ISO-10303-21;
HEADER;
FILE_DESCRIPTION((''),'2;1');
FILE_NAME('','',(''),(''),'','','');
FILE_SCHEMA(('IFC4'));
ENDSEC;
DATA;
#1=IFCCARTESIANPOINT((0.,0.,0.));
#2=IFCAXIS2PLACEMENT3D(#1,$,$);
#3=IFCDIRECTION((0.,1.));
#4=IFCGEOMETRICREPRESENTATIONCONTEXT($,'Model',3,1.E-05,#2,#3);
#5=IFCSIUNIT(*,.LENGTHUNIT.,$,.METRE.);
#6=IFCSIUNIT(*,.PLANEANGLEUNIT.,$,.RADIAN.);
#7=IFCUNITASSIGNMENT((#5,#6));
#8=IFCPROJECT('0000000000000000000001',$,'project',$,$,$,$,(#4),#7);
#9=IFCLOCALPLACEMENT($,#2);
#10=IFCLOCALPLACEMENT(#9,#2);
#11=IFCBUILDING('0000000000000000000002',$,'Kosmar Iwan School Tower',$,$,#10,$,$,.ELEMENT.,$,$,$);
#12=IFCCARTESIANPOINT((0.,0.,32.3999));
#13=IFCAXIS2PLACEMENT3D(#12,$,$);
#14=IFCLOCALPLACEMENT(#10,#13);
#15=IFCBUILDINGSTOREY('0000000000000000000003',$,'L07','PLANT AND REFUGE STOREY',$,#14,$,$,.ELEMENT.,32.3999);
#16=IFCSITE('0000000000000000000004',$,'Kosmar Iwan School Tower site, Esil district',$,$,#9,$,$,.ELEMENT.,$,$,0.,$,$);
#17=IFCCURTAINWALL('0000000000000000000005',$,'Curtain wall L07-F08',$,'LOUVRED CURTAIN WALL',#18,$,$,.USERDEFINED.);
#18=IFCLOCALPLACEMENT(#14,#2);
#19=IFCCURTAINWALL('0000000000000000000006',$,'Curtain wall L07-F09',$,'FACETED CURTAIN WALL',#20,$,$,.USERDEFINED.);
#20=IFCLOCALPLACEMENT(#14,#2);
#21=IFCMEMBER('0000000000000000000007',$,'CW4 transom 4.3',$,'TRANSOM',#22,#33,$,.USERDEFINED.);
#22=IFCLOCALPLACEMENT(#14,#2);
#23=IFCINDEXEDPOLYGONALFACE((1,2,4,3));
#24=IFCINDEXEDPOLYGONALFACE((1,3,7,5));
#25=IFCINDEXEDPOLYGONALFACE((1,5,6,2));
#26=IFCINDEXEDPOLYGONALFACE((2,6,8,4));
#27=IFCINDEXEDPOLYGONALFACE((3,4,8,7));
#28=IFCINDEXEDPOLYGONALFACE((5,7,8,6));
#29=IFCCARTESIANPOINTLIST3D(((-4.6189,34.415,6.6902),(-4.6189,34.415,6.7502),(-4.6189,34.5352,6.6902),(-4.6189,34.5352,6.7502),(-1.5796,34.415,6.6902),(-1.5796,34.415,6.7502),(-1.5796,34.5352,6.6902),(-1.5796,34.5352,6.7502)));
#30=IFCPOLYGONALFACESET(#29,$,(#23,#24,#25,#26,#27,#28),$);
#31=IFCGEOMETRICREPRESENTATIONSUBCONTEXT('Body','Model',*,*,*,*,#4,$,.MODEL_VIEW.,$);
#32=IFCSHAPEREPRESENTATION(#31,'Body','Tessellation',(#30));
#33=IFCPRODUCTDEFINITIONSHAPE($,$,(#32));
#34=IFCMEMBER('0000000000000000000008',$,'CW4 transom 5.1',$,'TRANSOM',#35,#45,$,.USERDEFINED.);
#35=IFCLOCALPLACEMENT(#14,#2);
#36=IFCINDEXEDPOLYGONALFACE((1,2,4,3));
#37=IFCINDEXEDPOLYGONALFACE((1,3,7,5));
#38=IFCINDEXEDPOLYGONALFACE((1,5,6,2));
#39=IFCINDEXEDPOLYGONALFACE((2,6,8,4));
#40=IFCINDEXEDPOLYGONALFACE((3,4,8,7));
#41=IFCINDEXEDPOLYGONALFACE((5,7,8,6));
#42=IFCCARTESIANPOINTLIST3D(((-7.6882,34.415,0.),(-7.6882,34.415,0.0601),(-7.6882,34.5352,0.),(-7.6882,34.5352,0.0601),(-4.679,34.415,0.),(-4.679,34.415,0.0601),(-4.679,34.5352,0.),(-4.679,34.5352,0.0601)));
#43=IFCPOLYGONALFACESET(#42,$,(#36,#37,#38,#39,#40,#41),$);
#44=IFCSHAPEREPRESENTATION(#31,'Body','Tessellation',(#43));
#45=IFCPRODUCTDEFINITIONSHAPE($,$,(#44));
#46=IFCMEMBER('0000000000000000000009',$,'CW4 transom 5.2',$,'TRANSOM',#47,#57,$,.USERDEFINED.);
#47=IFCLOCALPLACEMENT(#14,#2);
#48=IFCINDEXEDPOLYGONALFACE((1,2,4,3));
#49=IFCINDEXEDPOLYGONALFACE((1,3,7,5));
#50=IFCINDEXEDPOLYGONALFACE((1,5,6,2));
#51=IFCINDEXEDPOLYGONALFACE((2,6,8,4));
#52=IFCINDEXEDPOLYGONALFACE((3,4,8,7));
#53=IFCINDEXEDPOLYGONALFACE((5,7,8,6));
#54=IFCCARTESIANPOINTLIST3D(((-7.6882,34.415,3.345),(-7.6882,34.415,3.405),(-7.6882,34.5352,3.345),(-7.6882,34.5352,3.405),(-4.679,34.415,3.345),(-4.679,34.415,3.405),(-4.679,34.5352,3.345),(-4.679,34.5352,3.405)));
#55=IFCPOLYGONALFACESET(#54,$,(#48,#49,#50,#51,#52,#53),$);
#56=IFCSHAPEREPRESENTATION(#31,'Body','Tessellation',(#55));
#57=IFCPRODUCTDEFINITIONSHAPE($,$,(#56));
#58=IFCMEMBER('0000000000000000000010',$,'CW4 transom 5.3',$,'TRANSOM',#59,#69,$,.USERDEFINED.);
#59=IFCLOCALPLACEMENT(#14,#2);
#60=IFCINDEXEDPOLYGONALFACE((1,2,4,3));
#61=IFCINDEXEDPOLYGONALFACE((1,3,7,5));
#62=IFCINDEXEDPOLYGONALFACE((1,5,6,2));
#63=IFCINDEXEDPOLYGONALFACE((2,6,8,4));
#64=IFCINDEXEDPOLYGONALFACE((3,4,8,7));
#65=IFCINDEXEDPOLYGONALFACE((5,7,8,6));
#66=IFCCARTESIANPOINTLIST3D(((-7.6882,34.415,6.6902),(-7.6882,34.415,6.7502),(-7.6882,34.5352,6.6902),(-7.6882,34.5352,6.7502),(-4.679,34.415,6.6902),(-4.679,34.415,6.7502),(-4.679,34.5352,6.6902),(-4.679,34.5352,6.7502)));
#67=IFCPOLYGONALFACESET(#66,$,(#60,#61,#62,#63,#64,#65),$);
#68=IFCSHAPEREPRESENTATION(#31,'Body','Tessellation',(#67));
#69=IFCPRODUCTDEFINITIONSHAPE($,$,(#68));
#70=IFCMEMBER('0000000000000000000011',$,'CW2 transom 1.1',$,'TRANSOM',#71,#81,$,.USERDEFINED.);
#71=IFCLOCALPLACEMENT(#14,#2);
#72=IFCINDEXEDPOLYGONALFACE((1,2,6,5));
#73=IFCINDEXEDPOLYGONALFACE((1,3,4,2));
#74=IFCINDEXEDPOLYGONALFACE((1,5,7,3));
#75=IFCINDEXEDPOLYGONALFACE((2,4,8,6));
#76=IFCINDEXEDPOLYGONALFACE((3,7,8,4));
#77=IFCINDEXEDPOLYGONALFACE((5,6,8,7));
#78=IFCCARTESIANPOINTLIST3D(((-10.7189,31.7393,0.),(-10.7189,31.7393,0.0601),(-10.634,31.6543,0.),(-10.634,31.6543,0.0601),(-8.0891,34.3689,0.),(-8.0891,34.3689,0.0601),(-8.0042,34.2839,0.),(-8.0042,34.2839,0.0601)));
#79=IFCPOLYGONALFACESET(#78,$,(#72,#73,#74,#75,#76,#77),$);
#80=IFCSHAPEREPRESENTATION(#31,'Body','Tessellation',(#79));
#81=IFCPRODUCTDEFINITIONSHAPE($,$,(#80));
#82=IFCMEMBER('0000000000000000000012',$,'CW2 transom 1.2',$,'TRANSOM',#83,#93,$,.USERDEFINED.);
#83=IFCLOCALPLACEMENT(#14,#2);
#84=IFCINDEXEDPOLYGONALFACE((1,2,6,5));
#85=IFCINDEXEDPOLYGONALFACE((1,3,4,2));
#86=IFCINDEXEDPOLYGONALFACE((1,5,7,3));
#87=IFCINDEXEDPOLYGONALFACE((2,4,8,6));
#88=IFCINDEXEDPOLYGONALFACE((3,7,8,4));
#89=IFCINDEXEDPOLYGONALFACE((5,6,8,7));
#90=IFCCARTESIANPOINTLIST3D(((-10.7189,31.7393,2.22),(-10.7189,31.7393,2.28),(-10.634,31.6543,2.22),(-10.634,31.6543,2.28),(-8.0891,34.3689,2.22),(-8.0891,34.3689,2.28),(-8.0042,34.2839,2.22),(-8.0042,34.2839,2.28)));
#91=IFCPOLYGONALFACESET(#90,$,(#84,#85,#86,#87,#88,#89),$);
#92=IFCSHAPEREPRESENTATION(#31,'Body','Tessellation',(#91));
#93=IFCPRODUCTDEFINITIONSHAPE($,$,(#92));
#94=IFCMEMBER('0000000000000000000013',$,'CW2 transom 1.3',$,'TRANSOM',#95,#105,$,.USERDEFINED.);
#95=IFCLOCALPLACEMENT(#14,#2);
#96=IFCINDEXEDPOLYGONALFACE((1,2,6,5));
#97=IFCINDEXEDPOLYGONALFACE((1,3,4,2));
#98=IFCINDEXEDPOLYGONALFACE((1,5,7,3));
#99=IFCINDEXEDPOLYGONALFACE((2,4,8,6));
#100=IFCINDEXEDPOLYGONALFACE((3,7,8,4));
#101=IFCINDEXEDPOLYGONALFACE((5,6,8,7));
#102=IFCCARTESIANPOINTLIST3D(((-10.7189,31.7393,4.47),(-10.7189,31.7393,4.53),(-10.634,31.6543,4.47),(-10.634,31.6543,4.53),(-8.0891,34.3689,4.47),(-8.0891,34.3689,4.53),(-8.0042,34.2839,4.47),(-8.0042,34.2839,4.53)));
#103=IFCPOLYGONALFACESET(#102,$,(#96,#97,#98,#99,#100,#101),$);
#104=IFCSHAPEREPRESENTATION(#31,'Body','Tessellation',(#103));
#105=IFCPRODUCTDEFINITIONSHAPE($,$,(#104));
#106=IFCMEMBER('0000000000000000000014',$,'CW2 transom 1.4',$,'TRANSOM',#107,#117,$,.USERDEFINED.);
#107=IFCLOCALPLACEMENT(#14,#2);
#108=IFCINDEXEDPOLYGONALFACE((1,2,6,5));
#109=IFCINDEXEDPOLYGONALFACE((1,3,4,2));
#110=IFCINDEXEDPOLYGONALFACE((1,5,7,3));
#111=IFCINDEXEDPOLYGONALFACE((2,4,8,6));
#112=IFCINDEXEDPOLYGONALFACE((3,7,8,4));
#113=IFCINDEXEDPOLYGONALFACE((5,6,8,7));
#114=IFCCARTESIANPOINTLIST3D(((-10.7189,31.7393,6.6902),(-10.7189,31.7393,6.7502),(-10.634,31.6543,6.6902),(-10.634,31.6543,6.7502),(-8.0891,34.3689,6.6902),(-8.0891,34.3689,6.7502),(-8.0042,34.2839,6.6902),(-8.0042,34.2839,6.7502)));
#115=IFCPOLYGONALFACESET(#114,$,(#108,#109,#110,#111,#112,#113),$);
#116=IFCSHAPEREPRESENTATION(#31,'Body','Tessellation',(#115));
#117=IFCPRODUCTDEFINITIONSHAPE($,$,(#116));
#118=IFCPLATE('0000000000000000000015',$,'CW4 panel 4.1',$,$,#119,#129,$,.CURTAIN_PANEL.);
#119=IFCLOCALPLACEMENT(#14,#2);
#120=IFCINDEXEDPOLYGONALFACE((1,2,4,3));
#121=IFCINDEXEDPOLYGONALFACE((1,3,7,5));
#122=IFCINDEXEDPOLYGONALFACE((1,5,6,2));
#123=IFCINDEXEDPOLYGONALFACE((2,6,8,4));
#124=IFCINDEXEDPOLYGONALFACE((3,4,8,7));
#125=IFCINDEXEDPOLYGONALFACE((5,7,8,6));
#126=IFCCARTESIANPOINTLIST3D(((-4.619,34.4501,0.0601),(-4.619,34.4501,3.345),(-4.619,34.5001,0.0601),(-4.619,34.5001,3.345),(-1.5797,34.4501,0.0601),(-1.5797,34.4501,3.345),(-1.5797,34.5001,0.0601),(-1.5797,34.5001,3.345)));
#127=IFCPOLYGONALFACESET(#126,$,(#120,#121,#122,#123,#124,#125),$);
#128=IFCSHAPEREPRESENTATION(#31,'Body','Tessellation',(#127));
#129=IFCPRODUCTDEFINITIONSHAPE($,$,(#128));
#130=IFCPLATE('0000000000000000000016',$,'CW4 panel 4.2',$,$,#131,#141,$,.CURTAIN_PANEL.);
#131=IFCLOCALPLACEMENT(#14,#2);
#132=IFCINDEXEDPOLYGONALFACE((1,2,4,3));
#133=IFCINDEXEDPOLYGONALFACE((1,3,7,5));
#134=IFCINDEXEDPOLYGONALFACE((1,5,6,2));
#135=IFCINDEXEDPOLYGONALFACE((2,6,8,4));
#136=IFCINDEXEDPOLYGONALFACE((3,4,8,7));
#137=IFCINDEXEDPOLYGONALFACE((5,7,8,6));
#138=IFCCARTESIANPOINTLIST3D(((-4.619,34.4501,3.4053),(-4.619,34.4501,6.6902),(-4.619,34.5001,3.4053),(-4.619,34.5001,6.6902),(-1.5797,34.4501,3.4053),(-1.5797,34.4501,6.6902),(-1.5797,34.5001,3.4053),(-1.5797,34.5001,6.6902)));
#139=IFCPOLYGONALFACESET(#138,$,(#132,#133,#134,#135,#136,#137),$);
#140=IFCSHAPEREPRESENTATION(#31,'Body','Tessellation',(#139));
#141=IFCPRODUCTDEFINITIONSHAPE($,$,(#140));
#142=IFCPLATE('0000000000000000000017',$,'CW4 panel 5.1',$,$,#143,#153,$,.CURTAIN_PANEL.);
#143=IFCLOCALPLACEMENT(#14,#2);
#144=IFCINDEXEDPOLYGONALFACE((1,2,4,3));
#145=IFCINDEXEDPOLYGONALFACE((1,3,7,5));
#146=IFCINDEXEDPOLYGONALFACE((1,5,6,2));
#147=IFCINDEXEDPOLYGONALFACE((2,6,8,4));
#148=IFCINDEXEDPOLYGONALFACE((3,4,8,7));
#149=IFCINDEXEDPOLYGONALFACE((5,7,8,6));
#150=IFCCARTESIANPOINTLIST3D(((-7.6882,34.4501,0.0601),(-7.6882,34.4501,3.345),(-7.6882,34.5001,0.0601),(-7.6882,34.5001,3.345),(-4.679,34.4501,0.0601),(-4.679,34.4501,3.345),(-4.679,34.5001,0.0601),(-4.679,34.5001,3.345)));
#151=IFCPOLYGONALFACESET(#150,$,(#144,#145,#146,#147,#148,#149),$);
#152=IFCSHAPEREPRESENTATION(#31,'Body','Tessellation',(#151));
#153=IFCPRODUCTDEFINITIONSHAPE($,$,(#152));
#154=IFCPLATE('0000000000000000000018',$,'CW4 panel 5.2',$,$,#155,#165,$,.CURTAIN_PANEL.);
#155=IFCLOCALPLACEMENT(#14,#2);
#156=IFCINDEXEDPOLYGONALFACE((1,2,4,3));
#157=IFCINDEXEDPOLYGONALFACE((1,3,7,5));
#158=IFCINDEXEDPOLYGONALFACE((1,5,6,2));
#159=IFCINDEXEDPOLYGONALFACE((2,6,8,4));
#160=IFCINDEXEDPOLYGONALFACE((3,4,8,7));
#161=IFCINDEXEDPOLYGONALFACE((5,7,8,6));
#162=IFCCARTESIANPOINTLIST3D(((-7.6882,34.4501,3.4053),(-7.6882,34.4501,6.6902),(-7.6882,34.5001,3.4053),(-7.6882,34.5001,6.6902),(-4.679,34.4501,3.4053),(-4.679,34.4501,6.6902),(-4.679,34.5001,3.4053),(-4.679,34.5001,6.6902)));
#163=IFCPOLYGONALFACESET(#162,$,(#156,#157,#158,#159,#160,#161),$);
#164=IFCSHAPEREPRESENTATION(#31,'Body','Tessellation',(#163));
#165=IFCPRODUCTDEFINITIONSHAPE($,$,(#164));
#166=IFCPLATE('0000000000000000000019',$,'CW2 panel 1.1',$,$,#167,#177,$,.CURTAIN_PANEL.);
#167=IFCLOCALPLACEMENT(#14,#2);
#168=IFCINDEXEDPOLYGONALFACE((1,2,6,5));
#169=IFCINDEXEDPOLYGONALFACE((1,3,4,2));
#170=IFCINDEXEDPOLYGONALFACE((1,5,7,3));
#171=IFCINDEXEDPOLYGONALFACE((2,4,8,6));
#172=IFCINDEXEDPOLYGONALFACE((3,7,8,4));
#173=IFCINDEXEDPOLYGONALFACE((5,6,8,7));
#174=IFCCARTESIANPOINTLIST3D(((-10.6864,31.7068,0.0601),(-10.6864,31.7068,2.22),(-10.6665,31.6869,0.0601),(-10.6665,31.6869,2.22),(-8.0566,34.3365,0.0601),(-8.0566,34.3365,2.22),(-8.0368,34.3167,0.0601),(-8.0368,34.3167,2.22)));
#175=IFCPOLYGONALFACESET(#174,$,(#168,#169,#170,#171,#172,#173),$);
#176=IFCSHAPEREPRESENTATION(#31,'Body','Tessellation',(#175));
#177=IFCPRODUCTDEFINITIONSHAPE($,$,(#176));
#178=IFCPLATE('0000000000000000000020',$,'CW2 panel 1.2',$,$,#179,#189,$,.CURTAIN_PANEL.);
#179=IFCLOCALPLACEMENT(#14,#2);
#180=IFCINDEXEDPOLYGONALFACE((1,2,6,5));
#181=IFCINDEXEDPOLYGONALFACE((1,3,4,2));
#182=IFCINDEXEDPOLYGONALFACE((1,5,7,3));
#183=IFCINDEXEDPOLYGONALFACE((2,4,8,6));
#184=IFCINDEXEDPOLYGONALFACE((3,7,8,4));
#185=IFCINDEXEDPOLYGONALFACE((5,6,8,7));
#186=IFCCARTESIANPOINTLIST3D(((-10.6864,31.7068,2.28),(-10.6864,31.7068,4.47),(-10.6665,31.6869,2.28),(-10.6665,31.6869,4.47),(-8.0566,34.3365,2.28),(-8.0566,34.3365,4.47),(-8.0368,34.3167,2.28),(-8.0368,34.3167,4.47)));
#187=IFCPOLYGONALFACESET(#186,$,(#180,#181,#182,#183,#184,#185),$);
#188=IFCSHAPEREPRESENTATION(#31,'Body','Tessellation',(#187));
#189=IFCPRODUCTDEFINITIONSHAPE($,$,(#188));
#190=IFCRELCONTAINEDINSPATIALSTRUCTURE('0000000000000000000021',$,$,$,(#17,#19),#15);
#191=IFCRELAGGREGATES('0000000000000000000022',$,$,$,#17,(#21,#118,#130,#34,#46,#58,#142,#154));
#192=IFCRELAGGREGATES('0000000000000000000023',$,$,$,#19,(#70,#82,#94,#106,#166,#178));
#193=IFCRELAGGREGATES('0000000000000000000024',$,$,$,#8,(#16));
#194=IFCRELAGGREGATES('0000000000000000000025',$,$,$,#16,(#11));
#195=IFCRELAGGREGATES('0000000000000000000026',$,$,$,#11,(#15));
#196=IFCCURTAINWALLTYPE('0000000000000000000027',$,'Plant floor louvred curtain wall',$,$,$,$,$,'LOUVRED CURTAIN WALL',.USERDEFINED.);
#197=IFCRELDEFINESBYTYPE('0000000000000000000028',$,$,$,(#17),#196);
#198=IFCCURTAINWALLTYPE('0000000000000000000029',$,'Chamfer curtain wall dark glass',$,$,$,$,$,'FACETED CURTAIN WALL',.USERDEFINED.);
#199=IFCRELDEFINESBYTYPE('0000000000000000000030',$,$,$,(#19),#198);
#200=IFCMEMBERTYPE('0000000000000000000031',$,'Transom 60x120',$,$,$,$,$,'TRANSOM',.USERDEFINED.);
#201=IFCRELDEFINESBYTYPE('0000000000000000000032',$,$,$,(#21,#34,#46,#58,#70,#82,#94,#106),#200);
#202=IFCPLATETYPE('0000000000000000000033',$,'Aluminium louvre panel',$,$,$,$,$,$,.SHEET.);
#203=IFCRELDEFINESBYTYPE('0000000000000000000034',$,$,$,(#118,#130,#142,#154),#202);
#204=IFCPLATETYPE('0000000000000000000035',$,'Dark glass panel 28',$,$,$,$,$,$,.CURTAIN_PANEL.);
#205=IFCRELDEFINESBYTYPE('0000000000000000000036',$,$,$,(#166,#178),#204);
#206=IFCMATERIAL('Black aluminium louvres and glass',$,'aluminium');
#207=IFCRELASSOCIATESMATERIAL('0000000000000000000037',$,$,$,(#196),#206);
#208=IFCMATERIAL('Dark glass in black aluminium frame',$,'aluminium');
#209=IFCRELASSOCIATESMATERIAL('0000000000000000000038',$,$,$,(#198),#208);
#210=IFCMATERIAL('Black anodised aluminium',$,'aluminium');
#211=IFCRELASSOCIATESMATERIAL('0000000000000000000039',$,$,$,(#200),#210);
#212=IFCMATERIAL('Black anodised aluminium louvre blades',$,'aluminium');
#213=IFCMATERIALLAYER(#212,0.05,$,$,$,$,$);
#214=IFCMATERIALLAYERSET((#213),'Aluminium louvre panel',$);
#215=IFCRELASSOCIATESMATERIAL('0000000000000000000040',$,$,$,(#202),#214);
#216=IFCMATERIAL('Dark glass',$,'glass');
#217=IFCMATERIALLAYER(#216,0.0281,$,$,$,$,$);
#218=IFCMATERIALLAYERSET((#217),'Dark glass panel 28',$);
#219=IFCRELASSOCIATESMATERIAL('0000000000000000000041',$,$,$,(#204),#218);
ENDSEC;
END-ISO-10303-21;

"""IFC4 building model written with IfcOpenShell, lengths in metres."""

from ifc_helpers import new_model, si_unit, direction, frame, origin, origin_2d, place, context, subcontext, project, spatial, rectangle, extrude, material, layer, layer_set, material_profile, profile_set, type_object, element, aggregate, save


model = new_model("IFC4")

# Units and contexts
model_context = context("Model", 3, precision=1e-05, world=origin(), true_north=direction((0.0, 1.0)))
body_context = subcontext(model_context, "Body", "Model", "MODEL_VIEW")
ifc_project = project(units=[si_unit("LENGTHUNIT", "METRE"), si_unit("PLANEANGLEUNIT", "RADIAN")], contexts=[model_context])

# Site, building, storey
site_placement = place(None, origin())
site = spatial("IfcSite", under=ifc_project, at=site_placement, Name="Kosmar Iwan School Tower site, Esil district", CompositionType="ELEMENT", RefElevation=0.0)
building_placement = place(site_placement, origin())
building = spatial("IfcBuilding", under=site, at=building_placement, Name="Kosmar Iwan School Tower", CompositionType="ELEMENT")
storey_placement = place(building_placement, frame((0.0, 0.0, 32.3999)))
storey = spatial("IfcBuildingStorey", under=building, at=storey_placement, Name="L07", Description="PLANT AND REFUGE STOREY", CompositionType="ELEMENT", Elevation=32.3999)

# Curtain walls
ifc_material_1 = material(Name="Black aluminium louvres and glass", Category="aluminium")
curtain_wall_type_1 = type_object("IfcCurtainWallType", Name="Plant floor louvred curtain wall", ElementType="LOUVRED CURTAIN WALL", PredefinedType="USERDEFINED", material=ifc_material_1)
curtain_wall_1_placement = place(storey_placement, origin())
curtain_wall_1 = element("IfcCurtainWall", 1, at=curtain_wall_1_placement, inside=storey, type_object=curtain_wall_type_1, Name="Curtain wall L07-F08", ObjectType="LOUVRED CURTAIN WALL", PredefinedType="USERDEFINED")
ifc_material_2 = material(Name="Dark glass in black aluminium frame", Category="aluminium")
curtain_wall_type_2 = type_object("IfcCurtainWallType", Name="Chamfer curtain wall dark glass", ElementType="FACETED CURTAIN WALL", PredefinedType="USERDEFINED", material=ifc_material_2)
curtain_wall_2_placement = place(storey_placement, origin())
curtain_wall_2 = element("IfcCurtainWall", 2, at=curtain_wall_2_placement, inside=storey, type_object=curtain_wall_type_2, Name="Curtain wall L07-F09", ObjectType="FACETED CURTAIN WALL", PredefinedType="USERDEFINED")

# Members
ifc_material_3 = material(Name="Black anodised aluminium", Category="aluminium")
ifc_material_profile_1 = material_profile(ifc_material_3, rectangle(XDim=0.1201, YDim=0.0601, at=origin_2d()), Name="TRANSOM 60x120")
ifc_profile_set_1 = profile_set([ifc_material_profile_1], Name="Black anodised aluminium")
member_type_1 = type_object("IfcMemberType", Name="Transom 60x120", ElementType="TRANSOM", PredefinedType="USERDEFINED", material=ifc_profile_set_1)
member_1_placement = place(storey_placement, frame((-1.5796, 34.4751, 6.7202), z_axis=(-1.0, 0.0, 0.0), x_axis=(0.0, -1.0, 0.0)))
member_1 = element("IfcMember", 3, at=member_1_placement, type_object=member_type_1, Name="CW4 transom 4.3", ObjectType="TRANSOM", PredefinedType="USERDEFINED", context=body_context, shape_type="SweptSolid", body=[
    extrude(rectangle(XDim=0.1201, YDim=0.0601, at=origin_2d()), origin(), (0.0, 0.0, 1.0), 3.0393),
])
member_2_placement = place(storey_placement, frame((-4.679, 34.4751, 0.03), z_axis=(-1.0, 0.0, 0.0), x_axis=(0.0, -1.0, 0.0)))
member_2 = element("IfcMember", 4, at=member_2_placement, type_object=member_type_1, Name="CW4 transom 5.1", ObjectType="TRANSOM", PredefinedType="USERDEFINED", context=body_context, shape_type="SweptSolid", body=[
    extrude(rectangle(XDim=0.1201, YDim=0.0601, at=origin_2d()), origin(), (0.0, 0.0, 1.0), 3.0093),
])
member_3_placement = place(storey_placement, frame((-4.679, 34.4751, 3.375), z_axis=(-1.0, 0.0, 0.0), x_axis=(0.0, -1.0, 0.0)))
member_3 = element("IfcMember", 5, at=member_3_placement, type_object=member_type_1, Name="CW4 transom 5.2", ObjectType="TRANSOM", PredefinedType="USERDEFINED", context=body_context, shape_type="SweptSolid", body=[
    extrude(rectangle(XDim=0.1201, YDim=0.0601, at=origin_2d()), origin(), (0.0, 0.0, 1.0), 3.0093),
])
member_4_placement = place(storey_placement, frame((-4.679, 34.4751, 6.7202), z_axis=(-1.0, 0.0, 0.0), x_axis=(0.0, -1.0, 0.0)))
member_4 = element("IfcMember", 6, at=member_4_placement, type_object=member_type_1, Name="CW4 transom 5.3", ObjectType="TRANSOM", PredefinedType="USERDEFINED", context=body_context, shape_type="SweptSolid", body=[
    extrude(rectangle(XDim=0.1201, YDim=0.0601, at=origin_2d()), origin(), (0.0, 0.0, 1.0), 3.0093),
])
member_5_placement = place(storey_placement, frame((-8.0466, 34.3264, 0.03), z_axis=(-0.70714, -0.707074, 0.0), x_axis=(0.707074, -0.70714, 0.0)))
member_5 = element("IfcMember", 7, at=member_5_placement, type_object=member_type_1, Name="CW2 transom 1.1", ObjectType="TRANSOM", PredefinedType="USERDEFINED", context=body_context, shape_type="SweptSolid", body=[
    extrude(rectangle(XDim=0.1201, YDim=0.0601, at=origin_2d()), origin(), (0.0, 0.0, 1.0), 3.719),
])
member_6_placement = place(storey_placement, frame((-8.0466, 34.3264, 2.25), z_axis=(-0.70714, -0.707074, 0.0), x_axis=(0.707074, -0.70714, 0.0)))
member_6 = element("IfcMember", 8, at=member_6_placement, type_object=member_type_1, Name="CW2 transom 1.2", ObjectType="TRANSOM", PredefinedType="USERDEFINED", context=body_context, shape_type="SweptSolid", body=[
    extrude(rectangle(XDim=0.1201, YDim=0.0601, at=origin_2d()), origin(), (0.0, 0.0, 1.0), 3.719),
])
member_7_placement = place(storey_placement, frame((-8.0466, 34.3264, 4.5), z_axis=(-0.70714, -0.707074, 0.0), x_axis=(0.707074, -0.70714, 0.0)))
member_7 = element("IfcMember", 9, at=member_7_placement, type_object=member_type_1, Name="CW2 transom 1.3", ObjectType="TRANSOM", PredefinedType="USERDEFINED", context=body_context, shape_type="SweptSolid", body=[
    extrude(rectangle(XDim=0.1201, YDim=0.0601, at=origin_2d()), origin(), (0.0, 0.0, 1.0), 3.719),
])
member_8_placement = place(storey_placement, frame((-8.0466, 34.3264, 6.7202), z_axis=(-0.70714, -0.707074, 0.0), x_axis=(0.707074, -0.70714, 0.0)))
member_8 = element("IfcMember", 10, at=member_8_placement, type_object=member_type_1, Name="CW2 transom 1.4", ObjectType="TRANSOM", PredefinedType="USERDEFINED", context=body_context, shape_type="SweptSolid", body=[
    extrude(rectangle(XDim=0.1201, YDim=0.0601, at=origin_2d()), origin(), (0.0, 0.0, 1.0), 3.719),
])

# Plates
ifc_material_4 = material(Name="Black anodised aluminium louvre blades", Category="aluminium")
ifc_layer_1 = layer(ifc_material_4, 0.05)
ifc_layer_set_1 = layer_set([ifc_layer_1], Name="Aluminium louvre panel")
plate_type_1 = type_object("IfcPlateType", Name="Aluminium louvre panel", PredefinedType="SHEET", material=ifc_layer_set_1)
plate_1_placement = place(storey_placement, frame((-3.0994, 34.4751, 0.0601), z_axis=(0.0, 0.0, 1.0), x_axis=(-1.0, 0.0, 0.0)))
plate_1 = element("IfcPlate", 11, at=plate_1_placement, type_object=plate_type_1, Name="CW4 panel 4.1", PredefinedType="CURTAIN_PANEL", context=body_context, shape_type="SweptSolid", body=[
    extrude(rectangle(XDim=3.0393, YDim=0.05, at=origin_2d()), origin(), (0.0, 0.0, 1.0), 3.2849),
])
plate_2_placement = place(storey_placement, frame((-3.0994, 34.4751, 3.4053), z_axis=(0.0, 0.0, 1.0), x_axis=(-1.0, 0.0, 0.0)))
plate_2 = element("IfcPlate", 12, at=plate_2_placement, type_object=plate_type_1, Name="CW4 panel 4.2", PredefinedType="CURTAIN_PANEL", context=body_context, shape_type="SweptSolid", body=[
    extrude(rectangle(XDim=3.0393, YDim=0.05, at=origin_2d()), origin(), (0.0, 0.0, 1.0), 3.2849),
])
plate_3_placement = place(storey_placement, frame((-6.1836, 34.4751, 0.0601), z_axis=(0.0, 0.0, 1.0), x_axis=(-1.0, 0.0, 0.0)))
plate_3 = element("IfcPlate", 13, at=plate_3_placement, type_object=plate_type_1, Name="CW4 panel 5.1", PredefinedType="CURTAIN_PANEL", context=body_context, shape_type="SweptSolid", body=[
    extrude(rectangle(XDim=3.0093, YDim=0.05, at=origin_2d()), origin(), (0.0, 0.0, 1.0), 3.2849),
])
plate_4_placement = place(storey_placement, frame((-6.1836, 34.4751, 3.4053), z_axis=(0.0, 0.0, 1.0), x_axis=(-1.0, 0.0, 0.0)))
plate_4 = element("IfcPlate", 14, at=plate_4_placement, type_object=plate_type_1, Name="CW4 panel 5.2", PredefinedType="CURTAIN_PANEL", context=body_context, shape_type="SweptSolid", body=[
    extrude(rectangle(XDim=3.0093, YDim=0.05, at=origin_2d()), origin(), (0.0, 0.0, 1.0), 3.2849),
])
aggregate(curtain_wall_1, [member_1, plate_1, plate_2, member_2, member_3, member_4, plate_3, plate_4])
ifc_material_5 = material(Name="Dark glass", Category="glass")
ifc_layer_2 = layer(ifc_material_5, 0.0281)
ifc_layer_set_2 = layer_set([ifc_layer_2], Name="Dark glass panel 28")
plate_type_2 = type_object("IfcPlateType", Name="Dark glass panel 28", PredefinedType="CURTAIN_PANEL", material=ifc_layer_set_2)
plate_5_placement = place(storey_placement, frame((-9.3616, 33.0117, 0.0601), z_axis=(0.0, 0.0, 1.0), x_axis=(-0.707107, -0.707107, 0.0)))
plate_5 = element("IfcPlate", 15, at=plate_5_placement, type_object=plate_type_2, Name="CW2 panel 1.1", PredefinedType="CURTAIN_PANEL", context=body_context, shape_type="SweptSolid", body=[
    extrude(rectangle(XDim=3.719, YDim=0.0281, at=origin_2d()), origin(), (0.0, 0.0, 1.0), 2.1599),
])
plate_6_placement = place(storey_placement, frame((-9.3616, 33.0117, 2.28), z_axis=(0.0, 0.0, 1.0), x_axis=(-0.707107, -0.707107, 0.0)))
plate_6 = element("IfcPlate", 16, at=plate_6_placement, type_object=plate_type_2, Name="CW2 panel 1.2", PredefinedType="CURTAIN_PANEL", context=body_context, shape_type="SweptSolid", body=[
    extrude(rectangle(XDim=3.719, YDim=0.0281, at=origin_2d()), origin(), (0.0, 0.0, 1.0), 2.1899),
])
aggregate(curtain_wall_2, [member_5, member_6, member_7, member_8, plate_5, plate_6])

save(model, "model.ifc")
